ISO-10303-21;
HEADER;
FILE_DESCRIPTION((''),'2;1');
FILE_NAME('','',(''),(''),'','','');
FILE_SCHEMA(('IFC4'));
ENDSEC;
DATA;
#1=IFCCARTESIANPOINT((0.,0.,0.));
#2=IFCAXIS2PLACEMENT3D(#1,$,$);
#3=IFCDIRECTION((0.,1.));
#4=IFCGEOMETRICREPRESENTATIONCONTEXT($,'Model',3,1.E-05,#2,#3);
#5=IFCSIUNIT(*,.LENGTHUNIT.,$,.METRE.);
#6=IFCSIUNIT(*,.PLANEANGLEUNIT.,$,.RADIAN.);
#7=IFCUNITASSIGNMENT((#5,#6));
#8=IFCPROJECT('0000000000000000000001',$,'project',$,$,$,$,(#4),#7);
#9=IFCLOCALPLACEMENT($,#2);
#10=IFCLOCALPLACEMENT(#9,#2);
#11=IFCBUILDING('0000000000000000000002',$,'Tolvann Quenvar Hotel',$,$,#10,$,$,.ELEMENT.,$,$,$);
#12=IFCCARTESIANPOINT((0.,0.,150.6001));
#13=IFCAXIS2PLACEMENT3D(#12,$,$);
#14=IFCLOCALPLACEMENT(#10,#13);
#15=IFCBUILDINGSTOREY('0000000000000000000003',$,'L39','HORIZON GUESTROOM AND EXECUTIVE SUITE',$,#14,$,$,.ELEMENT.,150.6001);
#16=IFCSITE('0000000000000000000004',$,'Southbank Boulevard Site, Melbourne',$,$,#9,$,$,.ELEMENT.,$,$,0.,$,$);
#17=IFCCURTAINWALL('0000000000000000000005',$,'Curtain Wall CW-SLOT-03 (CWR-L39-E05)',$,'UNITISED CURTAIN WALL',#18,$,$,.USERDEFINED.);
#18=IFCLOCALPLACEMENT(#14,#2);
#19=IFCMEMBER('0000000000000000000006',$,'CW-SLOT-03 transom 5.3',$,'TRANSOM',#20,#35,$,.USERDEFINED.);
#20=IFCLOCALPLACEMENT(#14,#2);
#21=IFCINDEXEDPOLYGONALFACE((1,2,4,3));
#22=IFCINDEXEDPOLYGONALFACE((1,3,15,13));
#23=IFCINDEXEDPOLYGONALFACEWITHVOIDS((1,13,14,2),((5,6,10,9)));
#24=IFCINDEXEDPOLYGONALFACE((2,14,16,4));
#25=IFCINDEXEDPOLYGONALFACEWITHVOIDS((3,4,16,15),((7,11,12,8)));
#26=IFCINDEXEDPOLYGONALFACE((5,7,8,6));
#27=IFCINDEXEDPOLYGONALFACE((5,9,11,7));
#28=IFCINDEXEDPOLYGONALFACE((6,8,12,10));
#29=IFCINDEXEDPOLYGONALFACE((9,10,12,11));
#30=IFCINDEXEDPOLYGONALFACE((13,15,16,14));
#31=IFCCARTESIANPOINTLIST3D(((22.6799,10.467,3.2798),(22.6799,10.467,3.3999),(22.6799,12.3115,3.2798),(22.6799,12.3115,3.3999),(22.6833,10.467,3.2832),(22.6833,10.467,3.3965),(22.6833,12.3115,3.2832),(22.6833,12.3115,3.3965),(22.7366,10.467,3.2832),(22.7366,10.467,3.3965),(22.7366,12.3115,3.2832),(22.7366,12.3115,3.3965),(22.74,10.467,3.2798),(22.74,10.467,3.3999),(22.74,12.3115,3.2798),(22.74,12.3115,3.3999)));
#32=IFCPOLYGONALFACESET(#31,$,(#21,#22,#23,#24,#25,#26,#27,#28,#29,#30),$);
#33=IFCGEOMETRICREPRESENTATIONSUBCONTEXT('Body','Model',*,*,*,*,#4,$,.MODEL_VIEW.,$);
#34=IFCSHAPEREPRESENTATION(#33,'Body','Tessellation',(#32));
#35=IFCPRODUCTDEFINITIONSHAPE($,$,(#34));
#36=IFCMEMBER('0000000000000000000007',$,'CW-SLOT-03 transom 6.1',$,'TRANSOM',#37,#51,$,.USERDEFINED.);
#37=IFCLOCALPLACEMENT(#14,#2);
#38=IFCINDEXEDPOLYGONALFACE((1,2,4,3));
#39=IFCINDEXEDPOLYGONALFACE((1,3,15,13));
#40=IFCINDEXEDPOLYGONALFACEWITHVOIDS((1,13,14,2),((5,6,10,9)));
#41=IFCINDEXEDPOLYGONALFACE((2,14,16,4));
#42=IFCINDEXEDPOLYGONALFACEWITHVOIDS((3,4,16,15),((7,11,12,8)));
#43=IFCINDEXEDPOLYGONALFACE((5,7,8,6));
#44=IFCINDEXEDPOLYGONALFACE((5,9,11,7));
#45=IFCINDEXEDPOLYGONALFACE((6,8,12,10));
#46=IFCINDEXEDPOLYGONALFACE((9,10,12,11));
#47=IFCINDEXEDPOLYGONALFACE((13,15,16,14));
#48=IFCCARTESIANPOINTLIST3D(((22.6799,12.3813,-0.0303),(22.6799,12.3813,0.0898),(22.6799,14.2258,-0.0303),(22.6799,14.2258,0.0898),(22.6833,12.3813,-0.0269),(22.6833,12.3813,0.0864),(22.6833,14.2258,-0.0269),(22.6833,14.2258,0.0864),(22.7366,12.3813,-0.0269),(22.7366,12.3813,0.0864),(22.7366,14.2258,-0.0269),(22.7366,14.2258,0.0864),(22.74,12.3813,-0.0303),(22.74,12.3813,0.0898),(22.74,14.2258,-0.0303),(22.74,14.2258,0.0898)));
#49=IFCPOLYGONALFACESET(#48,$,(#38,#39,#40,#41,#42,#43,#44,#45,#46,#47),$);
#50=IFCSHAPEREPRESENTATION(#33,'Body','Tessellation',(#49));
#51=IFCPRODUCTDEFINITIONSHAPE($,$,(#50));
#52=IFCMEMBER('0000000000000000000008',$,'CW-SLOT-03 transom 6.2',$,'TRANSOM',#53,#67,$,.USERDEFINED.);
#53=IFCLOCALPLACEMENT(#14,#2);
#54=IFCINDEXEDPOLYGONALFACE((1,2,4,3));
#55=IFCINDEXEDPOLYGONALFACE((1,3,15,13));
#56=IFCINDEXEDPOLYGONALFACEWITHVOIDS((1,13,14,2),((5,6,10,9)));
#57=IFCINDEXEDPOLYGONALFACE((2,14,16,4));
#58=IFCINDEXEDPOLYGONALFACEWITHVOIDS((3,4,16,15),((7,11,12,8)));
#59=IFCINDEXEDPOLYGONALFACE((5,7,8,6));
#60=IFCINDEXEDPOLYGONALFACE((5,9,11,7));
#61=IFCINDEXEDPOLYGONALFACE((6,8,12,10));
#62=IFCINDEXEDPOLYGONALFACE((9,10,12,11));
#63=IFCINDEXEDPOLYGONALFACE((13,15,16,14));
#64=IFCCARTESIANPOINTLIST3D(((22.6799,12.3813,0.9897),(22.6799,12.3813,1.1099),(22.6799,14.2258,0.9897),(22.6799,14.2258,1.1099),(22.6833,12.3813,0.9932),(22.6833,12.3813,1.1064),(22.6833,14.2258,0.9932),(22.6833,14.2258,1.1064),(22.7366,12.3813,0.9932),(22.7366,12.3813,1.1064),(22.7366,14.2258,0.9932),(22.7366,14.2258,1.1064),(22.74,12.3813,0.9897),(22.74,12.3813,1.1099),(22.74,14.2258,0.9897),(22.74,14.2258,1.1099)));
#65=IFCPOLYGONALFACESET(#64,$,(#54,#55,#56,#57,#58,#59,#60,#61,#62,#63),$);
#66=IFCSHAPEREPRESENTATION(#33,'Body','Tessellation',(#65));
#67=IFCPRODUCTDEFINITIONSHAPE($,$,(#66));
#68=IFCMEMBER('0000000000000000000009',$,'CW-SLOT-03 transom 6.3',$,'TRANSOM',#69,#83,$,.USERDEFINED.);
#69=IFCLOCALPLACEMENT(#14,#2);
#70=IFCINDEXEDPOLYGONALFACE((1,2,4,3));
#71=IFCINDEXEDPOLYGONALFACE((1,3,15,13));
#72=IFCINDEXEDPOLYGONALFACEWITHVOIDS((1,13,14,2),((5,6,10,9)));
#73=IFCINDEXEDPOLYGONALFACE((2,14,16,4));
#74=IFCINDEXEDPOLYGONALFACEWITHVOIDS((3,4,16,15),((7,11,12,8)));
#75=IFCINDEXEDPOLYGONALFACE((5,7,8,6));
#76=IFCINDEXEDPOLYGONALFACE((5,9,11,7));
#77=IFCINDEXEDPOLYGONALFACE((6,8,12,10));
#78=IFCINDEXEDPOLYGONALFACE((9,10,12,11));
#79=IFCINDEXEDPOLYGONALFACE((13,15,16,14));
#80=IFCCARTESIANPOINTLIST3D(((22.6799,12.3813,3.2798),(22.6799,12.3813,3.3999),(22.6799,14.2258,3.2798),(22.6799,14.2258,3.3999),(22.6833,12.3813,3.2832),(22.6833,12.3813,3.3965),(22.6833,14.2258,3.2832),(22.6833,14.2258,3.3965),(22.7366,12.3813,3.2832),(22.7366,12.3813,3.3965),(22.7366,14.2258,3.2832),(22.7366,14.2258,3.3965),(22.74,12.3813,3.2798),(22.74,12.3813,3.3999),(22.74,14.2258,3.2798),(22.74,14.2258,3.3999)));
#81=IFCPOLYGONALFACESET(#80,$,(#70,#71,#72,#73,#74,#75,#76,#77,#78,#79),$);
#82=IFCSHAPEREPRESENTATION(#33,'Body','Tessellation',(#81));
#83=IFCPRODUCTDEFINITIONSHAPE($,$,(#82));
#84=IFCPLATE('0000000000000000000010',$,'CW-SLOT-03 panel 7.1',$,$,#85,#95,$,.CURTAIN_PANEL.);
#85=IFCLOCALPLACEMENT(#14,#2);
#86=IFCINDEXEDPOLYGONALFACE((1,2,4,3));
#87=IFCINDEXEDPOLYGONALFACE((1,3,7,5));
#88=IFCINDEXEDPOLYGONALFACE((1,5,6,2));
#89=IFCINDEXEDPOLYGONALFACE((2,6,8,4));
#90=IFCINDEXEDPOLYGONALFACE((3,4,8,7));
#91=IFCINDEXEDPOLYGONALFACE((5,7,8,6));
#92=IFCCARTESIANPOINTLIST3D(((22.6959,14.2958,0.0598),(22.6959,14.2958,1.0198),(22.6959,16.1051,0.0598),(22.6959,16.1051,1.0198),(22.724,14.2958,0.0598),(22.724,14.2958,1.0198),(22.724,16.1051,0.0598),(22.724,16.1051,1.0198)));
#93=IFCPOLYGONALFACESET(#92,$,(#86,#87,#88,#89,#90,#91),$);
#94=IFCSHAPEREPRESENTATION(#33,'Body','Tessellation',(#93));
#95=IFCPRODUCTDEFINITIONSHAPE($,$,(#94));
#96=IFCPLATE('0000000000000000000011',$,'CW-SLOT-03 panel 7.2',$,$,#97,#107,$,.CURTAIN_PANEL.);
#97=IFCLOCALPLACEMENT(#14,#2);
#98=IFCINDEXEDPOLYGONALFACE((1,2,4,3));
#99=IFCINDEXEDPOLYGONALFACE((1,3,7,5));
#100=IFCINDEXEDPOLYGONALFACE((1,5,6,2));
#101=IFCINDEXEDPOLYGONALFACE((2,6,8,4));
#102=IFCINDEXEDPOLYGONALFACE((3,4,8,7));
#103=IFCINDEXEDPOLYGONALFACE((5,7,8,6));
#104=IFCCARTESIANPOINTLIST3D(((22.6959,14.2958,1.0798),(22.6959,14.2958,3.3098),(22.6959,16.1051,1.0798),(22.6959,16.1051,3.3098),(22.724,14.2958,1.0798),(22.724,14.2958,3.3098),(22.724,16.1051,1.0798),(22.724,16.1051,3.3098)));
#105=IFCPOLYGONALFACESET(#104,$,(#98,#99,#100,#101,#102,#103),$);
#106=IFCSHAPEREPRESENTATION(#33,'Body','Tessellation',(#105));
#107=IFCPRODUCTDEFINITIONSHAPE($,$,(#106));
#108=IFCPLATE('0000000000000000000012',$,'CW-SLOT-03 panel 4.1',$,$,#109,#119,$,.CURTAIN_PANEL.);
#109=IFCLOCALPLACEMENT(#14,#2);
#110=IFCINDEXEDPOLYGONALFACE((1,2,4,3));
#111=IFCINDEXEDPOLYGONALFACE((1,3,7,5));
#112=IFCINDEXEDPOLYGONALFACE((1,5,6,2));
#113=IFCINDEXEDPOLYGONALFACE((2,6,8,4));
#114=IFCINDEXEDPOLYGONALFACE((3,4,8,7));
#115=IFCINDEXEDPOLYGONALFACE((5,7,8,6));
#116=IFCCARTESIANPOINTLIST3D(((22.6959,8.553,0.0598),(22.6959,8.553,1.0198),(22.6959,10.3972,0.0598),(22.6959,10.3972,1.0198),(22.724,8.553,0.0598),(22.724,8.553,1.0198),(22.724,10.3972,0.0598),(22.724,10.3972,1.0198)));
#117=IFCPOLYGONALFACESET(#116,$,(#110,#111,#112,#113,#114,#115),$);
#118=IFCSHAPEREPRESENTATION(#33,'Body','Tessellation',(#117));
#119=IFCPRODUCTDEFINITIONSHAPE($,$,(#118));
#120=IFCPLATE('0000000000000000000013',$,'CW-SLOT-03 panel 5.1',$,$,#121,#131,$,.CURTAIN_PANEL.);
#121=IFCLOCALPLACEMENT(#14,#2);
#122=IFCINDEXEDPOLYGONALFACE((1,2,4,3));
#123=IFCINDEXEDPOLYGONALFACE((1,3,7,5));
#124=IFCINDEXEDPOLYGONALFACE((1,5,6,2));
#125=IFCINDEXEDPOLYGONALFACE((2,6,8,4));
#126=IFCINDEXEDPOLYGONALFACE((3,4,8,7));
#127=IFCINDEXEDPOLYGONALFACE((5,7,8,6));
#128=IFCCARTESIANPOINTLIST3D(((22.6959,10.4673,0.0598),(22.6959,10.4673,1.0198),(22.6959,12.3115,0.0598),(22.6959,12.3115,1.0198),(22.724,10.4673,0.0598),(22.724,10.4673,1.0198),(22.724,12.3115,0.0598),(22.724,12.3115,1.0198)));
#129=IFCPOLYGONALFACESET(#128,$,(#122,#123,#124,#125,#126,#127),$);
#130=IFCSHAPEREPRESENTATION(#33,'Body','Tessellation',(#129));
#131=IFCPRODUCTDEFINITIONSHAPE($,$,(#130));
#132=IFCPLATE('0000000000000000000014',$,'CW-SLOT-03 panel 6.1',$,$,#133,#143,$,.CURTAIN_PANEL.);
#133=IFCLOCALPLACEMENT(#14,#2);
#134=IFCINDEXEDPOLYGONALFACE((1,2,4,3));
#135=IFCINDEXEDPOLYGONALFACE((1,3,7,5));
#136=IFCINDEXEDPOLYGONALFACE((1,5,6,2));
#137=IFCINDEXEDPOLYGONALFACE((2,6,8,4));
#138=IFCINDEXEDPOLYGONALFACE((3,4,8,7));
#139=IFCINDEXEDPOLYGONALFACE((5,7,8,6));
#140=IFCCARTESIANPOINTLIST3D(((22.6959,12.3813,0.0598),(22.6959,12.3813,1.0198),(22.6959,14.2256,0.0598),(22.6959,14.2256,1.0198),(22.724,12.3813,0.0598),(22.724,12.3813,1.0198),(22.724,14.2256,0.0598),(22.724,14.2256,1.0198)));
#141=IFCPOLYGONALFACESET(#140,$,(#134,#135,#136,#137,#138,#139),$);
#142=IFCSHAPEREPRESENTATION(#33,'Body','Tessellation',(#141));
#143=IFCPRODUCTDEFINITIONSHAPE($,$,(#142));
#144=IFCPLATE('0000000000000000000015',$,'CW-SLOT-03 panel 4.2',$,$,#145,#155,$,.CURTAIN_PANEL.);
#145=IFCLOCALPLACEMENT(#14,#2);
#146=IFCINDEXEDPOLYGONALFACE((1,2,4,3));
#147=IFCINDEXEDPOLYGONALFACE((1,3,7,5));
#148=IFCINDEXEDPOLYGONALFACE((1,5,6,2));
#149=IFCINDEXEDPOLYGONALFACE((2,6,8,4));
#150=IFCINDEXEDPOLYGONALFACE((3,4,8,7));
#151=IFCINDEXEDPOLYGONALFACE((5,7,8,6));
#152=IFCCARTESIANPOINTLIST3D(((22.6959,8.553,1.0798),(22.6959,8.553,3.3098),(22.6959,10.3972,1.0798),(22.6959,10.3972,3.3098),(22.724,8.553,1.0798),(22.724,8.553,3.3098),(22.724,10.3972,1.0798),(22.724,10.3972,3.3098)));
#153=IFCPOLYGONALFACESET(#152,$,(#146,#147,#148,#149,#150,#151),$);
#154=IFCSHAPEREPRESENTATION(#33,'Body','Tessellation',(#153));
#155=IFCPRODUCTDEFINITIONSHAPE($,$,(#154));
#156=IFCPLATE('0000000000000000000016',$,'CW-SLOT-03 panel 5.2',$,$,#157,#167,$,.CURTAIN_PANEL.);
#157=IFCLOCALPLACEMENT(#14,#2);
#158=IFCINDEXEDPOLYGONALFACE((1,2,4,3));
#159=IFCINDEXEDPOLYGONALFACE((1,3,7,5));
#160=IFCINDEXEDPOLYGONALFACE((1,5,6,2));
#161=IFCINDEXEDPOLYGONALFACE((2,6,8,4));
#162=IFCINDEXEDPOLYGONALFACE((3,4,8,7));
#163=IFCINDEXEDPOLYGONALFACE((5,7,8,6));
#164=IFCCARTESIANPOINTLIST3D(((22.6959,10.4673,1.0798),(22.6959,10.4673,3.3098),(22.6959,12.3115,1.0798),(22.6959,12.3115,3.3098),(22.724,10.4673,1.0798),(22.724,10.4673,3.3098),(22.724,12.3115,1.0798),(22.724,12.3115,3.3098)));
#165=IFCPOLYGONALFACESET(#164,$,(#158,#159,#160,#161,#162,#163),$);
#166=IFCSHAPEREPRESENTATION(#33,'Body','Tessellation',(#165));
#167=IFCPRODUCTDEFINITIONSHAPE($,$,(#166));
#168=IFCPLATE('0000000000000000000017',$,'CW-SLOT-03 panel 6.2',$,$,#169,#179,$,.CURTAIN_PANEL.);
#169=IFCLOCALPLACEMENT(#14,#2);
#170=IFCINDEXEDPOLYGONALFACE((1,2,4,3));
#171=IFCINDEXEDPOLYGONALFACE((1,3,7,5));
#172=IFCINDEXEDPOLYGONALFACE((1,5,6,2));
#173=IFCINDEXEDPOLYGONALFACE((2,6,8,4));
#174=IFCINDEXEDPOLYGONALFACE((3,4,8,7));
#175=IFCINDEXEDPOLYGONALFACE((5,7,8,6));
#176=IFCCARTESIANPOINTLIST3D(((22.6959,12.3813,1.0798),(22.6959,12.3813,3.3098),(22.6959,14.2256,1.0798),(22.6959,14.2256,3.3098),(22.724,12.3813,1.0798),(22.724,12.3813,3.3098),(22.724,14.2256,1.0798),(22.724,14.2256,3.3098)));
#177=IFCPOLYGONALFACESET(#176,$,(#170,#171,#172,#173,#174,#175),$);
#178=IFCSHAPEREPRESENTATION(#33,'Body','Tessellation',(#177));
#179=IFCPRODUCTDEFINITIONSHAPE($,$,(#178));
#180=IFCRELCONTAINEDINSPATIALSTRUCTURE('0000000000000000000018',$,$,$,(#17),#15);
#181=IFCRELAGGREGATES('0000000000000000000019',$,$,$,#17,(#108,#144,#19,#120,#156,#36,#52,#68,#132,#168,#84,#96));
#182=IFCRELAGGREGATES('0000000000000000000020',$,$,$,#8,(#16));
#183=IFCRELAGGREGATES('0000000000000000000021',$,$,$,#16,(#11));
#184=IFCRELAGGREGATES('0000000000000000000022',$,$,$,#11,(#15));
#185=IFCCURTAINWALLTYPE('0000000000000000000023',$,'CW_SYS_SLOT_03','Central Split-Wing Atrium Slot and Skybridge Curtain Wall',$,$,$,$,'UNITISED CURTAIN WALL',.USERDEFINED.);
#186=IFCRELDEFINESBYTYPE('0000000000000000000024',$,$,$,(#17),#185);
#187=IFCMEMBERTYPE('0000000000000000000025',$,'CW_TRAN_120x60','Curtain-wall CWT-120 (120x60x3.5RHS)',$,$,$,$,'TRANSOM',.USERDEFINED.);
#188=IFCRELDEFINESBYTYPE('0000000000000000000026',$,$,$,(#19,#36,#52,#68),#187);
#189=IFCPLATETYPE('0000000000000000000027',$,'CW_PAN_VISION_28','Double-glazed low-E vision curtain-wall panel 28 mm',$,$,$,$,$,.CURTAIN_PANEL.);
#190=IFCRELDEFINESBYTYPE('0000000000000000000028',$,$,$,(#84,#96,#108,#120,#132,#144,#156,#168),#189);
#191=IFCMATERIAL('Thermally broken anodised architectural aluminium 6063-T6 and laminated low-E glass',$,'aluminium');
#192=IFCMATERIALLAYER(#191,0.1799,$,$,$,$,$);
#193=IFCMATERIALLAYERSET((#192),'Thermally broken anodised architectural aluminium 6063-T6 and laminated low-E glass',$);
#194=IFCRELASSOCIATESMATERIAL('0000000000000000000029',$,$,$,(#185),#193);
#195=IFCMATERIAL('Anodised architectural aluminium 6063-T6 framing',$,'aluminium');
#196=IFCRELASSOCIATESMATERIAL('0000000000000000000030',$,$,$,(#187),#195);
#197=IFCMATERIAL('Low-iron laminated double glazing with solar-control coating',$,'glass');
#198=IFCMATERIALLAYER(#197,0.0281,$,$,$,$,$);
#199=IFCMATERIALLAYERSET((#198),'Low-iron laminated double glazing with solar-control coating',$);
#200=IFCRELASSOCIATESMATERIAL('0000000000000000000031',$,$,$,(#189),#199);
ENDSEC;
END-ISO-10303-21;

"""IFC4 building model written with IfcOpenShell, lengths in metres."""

from ifc_helpers import new_model, si_unit, direction, frame, origin, origin_2d, place, context, subcontext, project, spatial, rectangle, hollow_rectangle, extrude, source, transform, mapped, material, layer, layer_set, material_profile, profile_set, type_object, type_shapes, element, aggregate, save


model = new_model("IFC4")

# Units and contexts
model_context = context("Model", 3, precision=1e-05, world=origin(), true_north=direction((0.0, 1.0)))
body_context = subcontext(model_context, "Body", "Model", "MODEL_VIEW")
ifc_project = project(units=[si_unit("LENGTHUNIT", "METRE"), si_unit("PLANEANGLEUNIT", "RADIAN")], contexts=[model_context])

# Site, building, storey
site_placement = place(None, origin())
site = spatial("IfcSite", under=ifc_project, at=site_placement, Name="Southbank Boulevard Site, Melbourne", CompositionType="ELEMENT", RefElevation=0.0)
building_placement = place(site_placement, origin())
building = spatial("IfcBuilding", under=site, at=building_placement, Name="Tolvann Quenvar Hotel", CompositionType="ELEMENT")
storey_placement = place(building_placement, frame((0.0, 0.0, 150.6001)))
storey = spatial("IfcBuildingStorey", under=building, at=storey_placement, Name="L39", Description="HORIZON GUESTROOM AND EXECUTIVE SUITE", CompositionType="ELEMENT", Elevation=150.6001)

# Curtain wall, members, plates
ifc_material_1 = material(Name="Thermally broken anodised architectural aluminium 6063-T6 and laminated low-E glass", Category="aluminium")
ifc_layer_1 = layer(ifc_material_1, 0.1799)
ifc_layer_set_1 = layer_set([ifc_layer_1], Name="Thermally broken anodised architectural aluminium 6063-T6 and laminated low-E glass")
curtain_wall_type = type_object("IfcCurtainWallType", Name="CW_SYS_SLOT_03", Description="Central Split-Wing Atrium Slot and Skybridge Curtain Wall", ElementType="UNITISED CURTAIN WALL", PredefinedType="USERDEFINED", material=ifc_layer_set_1)
curtain_wall_placement = place(storey_placement, origin())
curtain_wall = element("IfcCurtainWall", 1, at=curtain_wall_placement, inside=storey, type_object=curtain_wall_type, Name="Curtain Wall CW-SLOT-03 (CWR-L39-E05)", ObjectType="UNITISED CURTAIN WALL", PredefinedType="USERDEFINED")
ifc_material_2 = material(Name="Anodised architectural aluminium 6063-T6 framing", Category="aluminium")
ifc_material_profile_1 = material_profile(ifc_material_2, hollow_rectangle(XDim=0.0601, YDim=0.1201, WallThickness=0.0034, at=origin_2d()), Name="120x60x3.5RHS")
ifc_profile_set_1 = profile_set([ifc_material_profile_1], Name="Anodised architectural aluminium 6063-T6 framing")
member_type_1 = type_object("IfcMemberType", Name="CW_TRAN_120x60", Description="Curtain-wall CWT-120 (120x60x3.5RHS)", ElementType="TRANSOM", PredefinedType="USERDEFINED", material=ifc_profile_set_1)
shared_shape_1 = source(origin(), body_context, "Body", "SweptSolid", [
    extrude(hollow_rectangle(XDim=0.0601, YDim=0.1201, WallThickness=0.0034, at=origin_2d()), origin(), (0.0, 0.0, 1.0), 1.8445),
])
member_1_placement = place(storey_placement, frame((22.71, 10.467, 3.3398), z_axis=(0.0, 1.0, 0.0), x_axis=(-1.0, 0.0, 0.0)))
member_1 = element("IfcMember", 2, at=member_1_placement, type_object=member_type_1, Name="CW-SLOT-03 transom 5.3", ObjectType="TRANSOM", PredefinedType="USERDEFINED", context=body_context, shape_type="MappedRepresentation", body=[
    mapped(shared_shape_1, transform((0.0, 0.0, 0.0), x_axis=(1.0, 0.0, 0.0), y_axis=(0.0, 1.0, 0.0), z_axis=(0.0, 0.0, 1.0), scale=1.0)),
])
member_2_placement = place(storey_placement, frame((22.71, 12.3813, 0.0298), z_axis=(0.0, 1.0, 0.0), x_axis=(-1.0, 0.0, 0.0)))
member_2 = element("IfcMember", 3, at=member_2_placement, type_object=member_type_1, Name="CW-SLOT-03 transom 6.1", ObjectType="TRANSOM", PredefinedType="USERDEFINED", context=body_context, shape_type="MappedRepresentation", body=[
    mapped(shared_shape_1, transform((0.0, 0.0, 0.0), x_axis=(1.0, 0.0, 0.0), y_axis=(0.0, 1.0, 0.0), z_axis=(0.0, 0.0, 1.0), scale=1.0)),
])
member_3_placement = place(storey_placement, frame((22.71, 12.3813, 1.0498), z_axis=(0.0, 1.0, 0.0), x_axis=(-1.0, 0.0, 0.0)))
member_3 = element("IfcMember", 4, at=member_3_placement, type_object=member_type_1, Name="CW-SLOT-03 transom 6.2", ObjectType="TRANSOM", PredefinedType="USERDEFINED", context=body_context, shape_type="MappedRepresentation", body=[
    mapped(shared_shape_1, transform((0.0, 0.0, 0.0), x_axis=(1.0, 0.0, 0.0), y_axis=(0.0, 1.0, 0.0), z_axis=(0.0, 0.0, 1.0), scale=1.0)),
])
member_4_placement = place(storey_placement, frame((22.71, 12.3813, 3.3398), z_axis=(0.0, 1.0, 0.0), x_axis=(-1.0, 0.0, 0.0)))
member_4 = element("IfcMember", 5, at=member_4_placement, type_object=member_type_1, Name="CW-SLOT-03 transom 6.3", ObjectType="TRANSOM", PredefinedType="USERDEFINED", context=body_context, shape_type="MappedRepresentation", body=[
    mapped(shared_shape_1, transform((0.0, 0.0, 0.0), x_axis=(1.0, 0.0, 0.0), y_axis=(0.0, 1.0, 0.0), z_axis=(0.0, 0.0, 1.0), scale=1.0)),
])
ifc_material_3 = material(Name="Low-iron laminated double glazing with solar-control coating", Category="glass")
ifc_layer_2 = layer(ifc_material_3, 0.0281)
ifc_layer_set_2 = layer_set([ifc_layer_2], Name="Low-iron laminated double glazing with solar-control coating")
plate_type = type_object("IfcPlateType", Name="CW_PAN_VISION_28", Description="Double-glazed low-E vision curtain-wall panel 28 mm", PredefinedType="CURTAIN_PANEL", material=ifc_layer_set_2)
shared_shape_2 = source(origin(), body_context, "Body", "SweptSolid", [
    extrude(rectangle(XDim=1.8093, YDim=0.0281, at=origin_2d()), origin(), (0.0, 0.0, 1.0), 0.96),
])
plate_1_placement = place(storey_placement, frame((22.71, 15.2004, 0.0598), z_axis=(0.0, 0.0, 1.0), x_axis=(0.0, 1.0, 0.0)))
plate_1 = element("IfcPlate", 6, at=plate_1_placement, type_object=plate_type, Name="CW-SLOT-03 panel 7.1", PredefinedType="CURTAIN_PANEL", context=body_context, shape_type="MappedRepresentation", body=[
    mapped(shared_shape_2, transform((0.0, 0.0, 0.0), x_axis=(1.0, 0.0, 0.0), y_axis=(0.0, 1.0, 0.0), z_axis=(0.0, 0.0, 1.0), scale=1.0)),
])
shared_shape_3 = source(origin(), body_context, "Body", "SweptSolid", [
    extrude(rectangle(XDim=1.8093, YDim=0.0281, at=origin_2d()), origin(), (0.0, 0.0, 1.0), 2.23),
])
plate_2_placement = place(storey_placement, frame((22.71, 15.2004, 1.0798), z_axis=(0.0, 0.0, 1.0), x_axis=(0.0, 1.0, 0.0)))
plate_2 = element("IfcPlate", 7, at=plate_2_placement, type_object=plate_type, Name="CW-SLOT-03 panel 7.2", PredefinedType="CURTAIN_PANEL", context=body_context, shape_type="MappedRepresentation", body=[
    mapped(shared_shape_3, transform((0.0, 0.0, 0.0), x_axis=(1.0, 0.0, 0.0), y_axis=(0.0, 1.0, 0.0), z_axis=(0.0, 0.0, 1.0), scale=1.0)),
])
shared_shape_4 = source(origin(), body_context, "Body", "SweptSolid", [
    extrude(rectangle(XDim=1.8442, YDim=0.0281, at=origin_2d()), origin(), (0.0, 0.0, 1.0), 0.96),
])
plate_3_placement = place(storey_placement, frame((22.71, 9.4751, 0.0598), z_axis=(0.0, 0.0, 1.0), x_axis=(0.0, 1.0, 0.0)))
plate_3 = element("IfcPlate", 8, at=plate_3_placement, type_object=plate_type, Name="CW-SLOT-03 panel 4.1", PredefinedType="CURTAIN_PANEL", context=body_context, shape_type="MappedRepresentation", body=[
    mapped(shared_shape_4, transform((0.0, 0.0, 0.0), x_axis=(1.0, 0.0, 0.0), y_axis=(0.0, 1.0, 0.0), z_axis=(0.0, 0.0, 1.0), scale=1.0)),
])
plate_4_placement = place(storey_placement, frame((22.71, 11.3894, 0.0598), z_axis=(0.0, 0.0, 1.0), x_axis=(0.0, 1.0, 0.0)))
plate_4 = element("IfcPlate", 9, at=plate_4_placement, type_object=plate_type, Name="CW-SLOT-03 panel 5.1", PredefinedType="CURTAIN_PANEL", context=body_context, shape_type="MappedRepresentation", body=[
    mapped(shared_shape_4, transform((0.0, 0.0, 0.0), x_axis=(1.0, 0.0, 0.0), y_axis=(0.0, 1.0, 0.0), z_axis=(0.0, 0.0, 1.0), scale=1.0)),
])
plate_5_placement = place(storey_placement, frame((22.71, 13.3035, 0.0598), z_axis=(0.0, 0.0, 1.0), x_axis=(0.0, 1.0, 0.0)))
plate_5 = element("IfcPlate", 10, at=plate_5_placement, type_object=plate_type, Name="CW-SLOT-03 panel 6.1", PredefinedType="CURTAIN_PANEL", context=body_context, shape_type="MappedRepresentation", body=[
    mapped(shared_shape_4, transform((0.0, 0.0, 0.0), x_axis=(1.0, 0.0, 0.0), y_axis=(0.0, 1.0, 0.0), z_axis=(0.0, 0.0, 1.0), scale=1.0)),
])
shared_shape_5 = source(origin(), body_context, "Body", "SweptSolid", [
    extrude(rectangle(XDim=1.8442, YDim=0.0281, at=origin_2d()), origin(), (0.0, 0.0, 1.0), 2.23),
])
type_shapes(plate_type, [shared_shape_2, shared_shape_3, shared_shape_4, shared_shape_5])
plate_6_placement = place(storey_placement, frame((22.71, 9.4751, 1.0798), z_axis=(0.0, 0.0, 1.0), x_axis=(0.0, 1.0, 0.0)))
plate_6 = element("IfcPlate", 11, at=plate_6_placement, type_object=plate_type, Name="CW-SLOT-03 panel 4.2", PredefinedType="CURTAIN_PANEL", context=body_context, shape_type="MappedRepresentation", body=[
    mapped(shared_shape_5, transform((0.0, 0.0, 0.0), x_axis=(1.0, 0.0, 0.0), y_axis=(0.0, 1.0, 0.0), z_axis=(0.0, 0.0, 1.0), scale=1.0)),
])
plate_7_placement = place(storey_placement, frame((22.71, 11.3894, 1.0798), z_axis=(0.0, 0.0, 1.0), x_axis=(0.0, 1.0, 0.0)))
plate_7 = element("IfcPlate", 12, at=plate_7_placement, type_object=plate_type, Name="CW-SLOT-03 panel 5.2", PredefinedType="CURTAIN_PANEL", context=body_context, shape_type="MappedRepresentation", body=[
    mapped(shared_shape_5, transform((0.0, 0.0, 0.0), x_axis=(1.0, 0.0, 0.0), y_axis=(0.0, 1.0, 0.0), z_axis=(0.0, 0.0, 1.0), scale=1.0)),
])
plate_8_placement = place(storey_placement, frame((22.71, 13.3035, 1.0798), z_axis=(0.0, 0.0, 1.0), x_axis=(0.0, 1.0, 0.0)))
plate_8 = element("IfcPlate", 13, at=plate_8_placement, type_object=plate_type, Name="CW-SLOT-03 panel 6.2", PredefinedType="CURTAIN_PANEL", context=body_context, shape_type="MappedRepresentation", body=[
    mapped(shared_shape_5, transform((0.0, 0.0, 0.0), x_axis=(1.0, 0.0, 0.0), y_axis=(0.0, 1.0, 0.0), z_axis=(0.0, 0.0, 1.0), scale=1.0)),
])
aggregate(curtain_wall, [plate_3, plate_6, member_1, plate_4, plate_7, member_2, member_3, member_4, plate_5, plate_8, plate_1, plate_2])

save(model, "model.ifc")
